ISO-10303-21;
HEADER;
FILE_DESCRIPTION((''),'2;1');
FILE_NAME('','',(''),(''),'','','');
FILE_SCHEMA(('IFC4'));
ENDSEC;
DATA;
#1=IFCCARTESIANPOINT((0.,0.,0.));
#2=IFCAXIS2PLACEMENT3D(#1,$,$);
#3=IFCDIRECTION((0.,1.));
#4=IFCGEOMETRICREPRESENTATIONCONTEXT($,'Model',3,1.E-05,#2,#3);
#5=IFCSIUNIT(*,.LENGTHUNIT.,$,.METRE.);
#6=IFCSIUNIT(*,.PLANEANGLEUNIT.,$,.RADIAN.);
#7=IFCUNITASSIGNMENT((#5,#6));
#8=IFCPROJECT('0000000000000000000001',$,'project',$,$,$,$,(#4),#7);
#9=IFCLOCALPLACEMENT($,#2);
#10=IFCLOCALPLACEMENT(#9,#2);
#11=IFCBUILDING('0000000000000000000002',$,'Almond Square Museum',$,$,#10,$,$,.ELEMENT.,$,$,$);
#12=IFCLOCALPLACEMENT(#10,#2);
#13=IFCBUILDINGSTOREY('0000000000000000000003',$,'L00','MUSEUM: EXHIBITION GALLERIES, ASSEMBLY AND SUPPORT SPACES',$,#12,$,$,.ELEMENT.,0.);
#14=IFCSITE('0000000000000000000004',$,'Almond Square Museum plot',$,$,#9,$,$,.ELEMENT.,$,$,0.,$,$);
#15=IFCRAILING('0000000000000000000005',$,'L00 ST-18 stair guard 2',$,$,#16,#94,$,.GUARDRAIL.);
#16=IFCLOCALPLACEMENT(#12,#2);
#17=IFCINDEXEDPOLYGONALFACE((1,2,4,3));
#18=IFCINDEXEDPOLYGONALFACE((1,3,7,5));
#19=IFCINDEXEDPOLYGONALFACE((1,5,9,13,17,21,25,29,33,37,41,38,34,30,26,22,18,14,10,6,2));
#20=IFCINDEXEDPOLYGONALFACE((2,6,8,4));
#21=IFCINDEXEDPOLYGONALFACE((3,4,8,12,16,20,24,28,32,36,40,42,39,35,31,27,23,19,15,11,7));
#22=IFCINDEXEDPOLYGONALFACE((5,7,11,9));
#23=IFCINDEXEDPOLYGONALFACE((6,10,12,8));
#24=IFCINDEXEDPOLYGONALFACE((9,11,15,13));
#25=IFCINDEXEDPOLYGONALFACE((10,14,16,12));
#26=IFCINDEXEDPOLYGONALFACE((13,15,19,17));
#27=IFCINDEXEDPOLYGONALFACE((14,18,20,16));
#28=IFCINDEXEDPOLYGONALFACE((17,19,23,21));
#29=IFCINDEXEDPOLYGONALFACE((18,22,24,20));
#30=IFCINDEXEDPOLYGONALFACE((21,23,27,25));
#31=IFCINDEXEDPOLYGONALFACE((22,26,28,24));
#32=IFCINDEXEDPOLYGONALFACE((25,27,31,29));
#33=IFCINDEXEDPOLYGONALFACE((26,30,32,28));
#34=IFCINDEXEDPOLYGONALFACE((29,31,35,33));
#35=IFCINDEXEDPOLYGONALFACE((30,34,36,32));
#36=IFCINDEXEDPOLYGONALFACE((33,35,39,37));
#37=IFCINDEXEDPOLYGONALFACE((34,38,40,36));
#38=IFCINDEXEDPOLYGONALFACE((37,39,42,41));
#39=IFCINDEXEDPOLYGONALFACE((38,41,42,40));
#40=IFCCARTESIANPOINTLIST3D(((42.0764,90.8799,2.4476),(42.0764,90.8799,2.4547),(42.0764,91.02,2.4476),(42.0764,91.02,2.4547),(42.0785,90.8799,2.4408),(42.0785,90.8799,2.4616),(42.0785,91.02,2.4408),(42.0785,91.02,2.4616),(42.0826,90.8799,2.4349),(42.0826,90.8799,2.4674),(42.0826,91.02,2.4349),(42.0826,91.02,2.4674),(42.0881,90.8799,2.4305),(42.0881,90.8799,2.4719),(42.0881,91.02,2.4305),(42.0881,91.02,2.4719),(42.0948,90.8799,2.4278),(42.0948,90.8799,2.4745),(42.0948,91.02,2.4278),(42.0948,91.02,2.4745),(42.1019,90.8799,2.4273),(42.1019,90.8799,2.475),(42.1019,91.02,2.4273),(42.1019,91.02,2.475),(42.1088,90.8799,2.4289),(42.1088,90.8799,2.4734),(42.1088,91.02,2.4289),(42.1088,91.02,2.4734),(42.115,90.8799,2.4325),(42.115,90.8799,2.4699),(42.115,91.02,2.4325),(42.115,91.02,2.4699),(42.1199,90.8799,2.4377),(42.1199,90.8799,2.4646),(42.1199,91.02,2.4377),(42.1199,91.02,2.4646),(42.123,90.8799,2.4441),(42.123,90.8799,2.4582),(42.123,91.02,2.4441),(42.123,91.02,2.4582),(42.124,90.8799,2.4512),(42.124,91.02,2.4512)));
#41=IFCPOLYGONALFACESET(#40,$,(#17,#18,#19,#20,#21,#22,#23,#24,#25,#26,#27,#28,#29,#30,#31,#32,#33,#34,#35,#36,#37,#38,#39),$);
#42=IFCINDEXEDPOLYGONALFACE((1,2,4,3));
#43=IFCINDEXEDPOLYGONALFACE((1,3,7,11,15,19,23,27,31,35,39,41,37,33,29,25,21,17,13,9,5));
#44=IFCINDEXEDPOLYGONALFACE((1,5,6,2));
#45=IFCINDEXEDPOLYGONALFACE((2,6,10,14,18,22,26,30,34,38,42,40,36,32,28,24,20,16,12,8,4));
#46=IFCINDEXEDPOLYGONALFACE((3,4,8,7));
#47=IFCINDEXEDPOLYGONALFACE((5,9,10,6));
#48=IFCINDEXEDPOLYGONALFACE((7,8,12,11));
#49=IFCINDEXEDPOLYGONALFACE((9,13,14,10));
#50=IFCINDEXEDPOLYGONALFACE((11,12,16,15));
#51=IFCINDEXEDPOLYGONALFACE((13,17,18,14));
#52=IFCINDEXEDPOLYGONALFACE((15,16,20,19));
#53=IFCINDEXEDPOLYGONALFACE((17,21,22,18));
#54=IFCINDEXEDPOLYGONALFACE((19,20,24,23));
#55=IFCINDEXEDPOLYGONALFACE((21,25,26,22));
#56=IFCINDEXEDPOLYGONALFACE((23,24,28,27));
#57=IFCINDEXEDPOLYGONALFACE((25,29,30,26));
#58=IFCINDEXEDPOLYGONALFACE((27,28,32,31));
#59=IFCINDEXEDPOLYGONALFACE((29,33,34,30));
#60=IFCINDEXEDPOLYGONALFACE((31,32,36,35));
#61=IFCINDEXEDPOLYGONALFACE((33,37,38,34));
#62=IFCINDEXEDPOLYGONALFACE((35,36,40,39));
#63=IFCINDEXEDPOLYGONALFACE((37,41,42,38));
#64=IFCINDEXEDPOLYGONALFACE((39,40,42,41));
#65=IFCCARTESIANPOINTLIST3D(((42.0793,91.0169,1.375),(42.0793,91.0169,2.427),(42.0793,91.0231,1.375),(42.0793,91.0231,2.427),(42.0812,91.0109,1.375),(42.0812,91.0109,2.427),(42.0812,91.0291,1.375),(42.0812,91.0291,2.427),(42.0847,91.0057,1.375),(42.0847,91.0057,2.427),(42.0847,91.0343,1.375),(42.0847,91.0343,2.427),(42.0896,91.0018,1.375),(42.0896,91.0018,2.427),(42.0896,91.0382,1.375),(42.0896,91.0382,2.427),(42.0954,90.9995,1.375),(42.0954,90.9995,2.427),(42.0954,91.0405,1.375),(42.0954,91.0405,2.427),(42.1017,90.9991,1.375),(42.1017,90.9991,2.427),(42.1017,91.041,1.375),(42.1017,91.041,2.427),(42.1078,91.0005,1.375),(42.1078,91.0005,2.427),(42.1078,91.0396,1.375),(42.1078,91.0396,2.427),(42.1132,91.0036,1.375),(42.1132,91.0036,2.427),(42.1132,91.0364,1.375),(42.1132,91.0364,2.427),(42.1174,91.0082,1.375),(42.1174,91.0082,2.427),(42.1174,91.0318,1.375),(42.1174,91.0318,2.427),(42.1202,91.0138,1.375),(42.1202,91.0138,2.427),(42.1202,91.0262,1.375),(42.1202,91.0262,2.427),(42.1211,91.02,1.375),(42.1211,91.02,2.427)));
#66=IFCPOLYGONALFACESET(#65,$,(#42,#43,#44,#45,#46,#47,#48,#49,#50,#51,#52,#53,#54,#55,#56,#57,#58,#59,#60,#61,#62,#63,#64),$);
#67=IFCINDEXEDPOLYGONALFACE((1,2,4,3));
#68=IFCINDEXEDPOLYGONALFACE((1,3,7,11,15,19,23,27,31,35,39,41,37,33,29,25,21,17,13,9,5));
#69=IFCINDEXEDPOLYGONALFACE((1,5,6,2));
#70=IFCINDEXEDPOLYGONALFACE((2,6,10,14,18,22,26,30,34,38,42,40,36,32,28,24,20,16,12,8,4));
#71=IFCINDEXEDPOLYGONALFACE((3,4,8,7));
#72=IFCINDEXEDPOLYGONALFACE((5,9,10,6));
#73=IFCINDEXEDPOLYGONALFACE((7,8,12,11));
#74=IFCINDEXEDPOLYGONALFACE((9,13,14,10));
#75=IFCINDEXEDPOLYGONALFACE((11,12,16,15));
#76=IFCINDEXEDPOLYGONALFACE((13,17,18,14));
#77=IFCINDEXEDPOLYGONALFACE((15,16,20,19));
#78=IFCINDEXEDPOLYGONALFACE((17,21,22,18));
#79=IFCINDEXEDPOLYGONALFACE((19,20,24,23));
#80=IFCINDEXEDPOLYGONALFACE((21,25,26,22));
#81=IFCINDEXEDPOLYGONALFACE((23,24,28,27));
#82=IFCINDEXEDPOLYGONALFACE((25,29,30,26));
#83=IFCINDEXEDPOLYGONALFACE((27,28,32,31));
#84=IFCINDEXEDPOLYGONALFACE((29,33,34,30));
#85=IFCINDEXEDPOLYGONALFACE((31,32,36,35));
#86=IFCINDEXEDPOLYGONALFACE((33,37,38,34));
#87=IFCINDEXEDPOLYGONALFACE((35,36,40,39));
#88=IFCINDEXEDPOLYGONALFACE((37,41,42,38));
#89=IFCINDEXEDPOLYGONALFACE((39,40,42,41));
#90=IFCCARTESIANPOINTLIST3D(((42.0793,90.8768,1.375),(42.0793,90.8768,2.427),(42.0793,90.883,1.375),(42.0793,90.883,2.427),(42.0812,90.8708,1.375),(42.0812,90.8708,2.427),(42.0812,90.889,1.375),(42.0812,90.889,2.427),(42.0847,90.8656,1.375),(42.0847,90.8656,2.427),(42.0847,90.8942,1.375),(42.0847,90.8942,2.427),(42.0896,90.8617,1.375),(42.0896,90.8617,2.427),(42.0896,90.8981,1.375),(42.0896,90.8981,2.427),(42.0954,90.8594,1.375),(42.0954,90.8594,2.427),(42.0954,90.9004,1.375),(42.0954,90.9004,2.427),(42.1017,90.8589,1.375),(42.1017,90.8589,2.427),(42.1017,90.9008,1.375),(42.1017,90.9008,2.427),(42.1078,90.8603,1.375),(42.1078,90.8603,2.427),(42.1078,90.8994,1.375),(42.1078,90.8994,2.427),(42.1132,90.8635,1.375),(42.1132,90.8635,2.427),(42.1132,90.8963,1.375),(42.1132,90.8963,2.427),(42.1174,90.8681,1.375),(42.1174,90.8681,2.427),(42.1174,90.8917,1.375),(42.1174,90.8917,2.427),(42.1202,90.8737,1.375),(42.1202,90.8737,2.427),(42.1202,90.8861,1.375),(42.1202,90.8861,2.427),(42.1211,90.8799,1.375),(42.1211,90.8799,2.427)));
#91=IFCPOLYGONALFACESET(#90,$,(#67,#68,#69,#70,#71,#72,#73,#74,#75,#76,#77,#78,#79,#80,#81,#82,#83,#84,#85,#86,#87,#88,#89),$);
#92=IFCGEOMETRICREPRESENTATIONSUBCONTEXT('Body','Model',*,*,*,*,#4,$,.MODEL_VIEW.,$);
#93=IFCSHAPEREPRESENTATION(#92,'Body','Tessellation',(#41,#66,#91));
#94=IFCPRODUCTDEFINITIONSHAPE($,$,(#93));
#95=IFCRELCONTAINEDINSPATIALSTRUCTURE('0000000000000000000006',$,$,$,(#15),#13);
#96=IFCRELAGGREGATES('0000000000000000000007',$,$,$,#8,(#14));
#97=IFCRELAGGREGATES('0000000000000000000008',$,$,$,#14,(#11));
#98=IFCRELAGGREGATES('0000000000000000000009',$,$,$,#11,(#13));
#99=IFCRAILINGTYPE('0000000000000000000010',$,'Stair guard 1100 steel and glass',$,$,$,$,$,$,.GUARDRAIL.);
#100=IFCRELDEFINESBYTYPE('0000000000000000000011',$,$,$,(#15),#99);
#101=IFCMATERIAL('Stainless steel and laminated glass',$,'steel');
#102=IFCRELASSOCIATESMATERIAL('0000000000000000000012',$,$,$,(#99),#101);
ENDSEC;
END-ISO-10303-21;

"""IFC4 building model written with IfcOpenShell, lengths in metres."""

from ifc_helpers import new_model, si_unit, direction, frame, origin, origin_2d, place, context, subcontext, project, spatial, circle, extrude, material, type_object, element, save


model = new_model("IFC4")

# Units and contexts
model_context = context("Model", 3, precision=1e-05, world=origin(), true_north=direction((0.0, 1.0)))
body_context = subcontext(model_context, "Body", "Model", "MODEL_VIEW")
ifc_project = project(units=[si_unit("LENGTHUNIT", "METRE"), si_unit("PLANEANGLEUNIT", "RADIAN")], contexts=[model_context])

# Site, building, storey
site_placement = place(None, origin())
site = spatial("IfcSite", under=ifc_project, at=site_placement, Name="Almond Square Museum plot", CompositionType="ELEMENT", RefElevation=0.0)
building_placement = place(site_placement, origin())
building = spatial("IfcBuilding", under=site, at=building_placement, Name="Almond Square Museum", CompositionType="ELEMENT")
storey_placement = place(building_placement, origin())
storey = spatial("IfcBuildingStorey", under=building, at=storey_placement, Name="L00", Description="MUSEUM: EXHIBITION GALLERIES, ASSEMBLY AND SUPPORT SPACES", CompositionType="ELEMENT", Elevation=0.0)

# Railing
ifc_material_1 = material(Name="Stainless steel and laminated glass", Category="steel")
railing_type_1 = type_object("IfcRailingType", Name="Stair guard 1100 steel and glass", PredefinedType="GUARDRAIL", material=ifc_material_1)
railing_1_placement = place(storey_placement, frame((42.1001, 91.02, 1.375)))
element("IfcRailing", 1, at=railing_1_placement, inside=storey, type_object=railing_type_1, Name="L00 ST-18 stair guard 2", PredefinedType="GUARDRAIL", context=body_context, shape_type="SweptSolid", body=[
    extrude(circle(Radius=0.0239, at=origin_2d()), frame((0.0, 0.0, 1.0762), z_axis=(0.0, -1.0, 0.0), x_axis=(1.0, 0.0, 0.0)), (0.0, 0.0, 1.0), 0.1401),
    extrude(circle(Radius=0.021, at=origin_2d()), origin(), (0.0, 0.0, 1.0), 1.052),
    extrude(circle(Radius=0.021, at=origin_2d()), frame((0.0, -0.1401, 0.0)), (0.0, 0.0, 1.0), 1.052),
])

save(model, "model.ifc")
